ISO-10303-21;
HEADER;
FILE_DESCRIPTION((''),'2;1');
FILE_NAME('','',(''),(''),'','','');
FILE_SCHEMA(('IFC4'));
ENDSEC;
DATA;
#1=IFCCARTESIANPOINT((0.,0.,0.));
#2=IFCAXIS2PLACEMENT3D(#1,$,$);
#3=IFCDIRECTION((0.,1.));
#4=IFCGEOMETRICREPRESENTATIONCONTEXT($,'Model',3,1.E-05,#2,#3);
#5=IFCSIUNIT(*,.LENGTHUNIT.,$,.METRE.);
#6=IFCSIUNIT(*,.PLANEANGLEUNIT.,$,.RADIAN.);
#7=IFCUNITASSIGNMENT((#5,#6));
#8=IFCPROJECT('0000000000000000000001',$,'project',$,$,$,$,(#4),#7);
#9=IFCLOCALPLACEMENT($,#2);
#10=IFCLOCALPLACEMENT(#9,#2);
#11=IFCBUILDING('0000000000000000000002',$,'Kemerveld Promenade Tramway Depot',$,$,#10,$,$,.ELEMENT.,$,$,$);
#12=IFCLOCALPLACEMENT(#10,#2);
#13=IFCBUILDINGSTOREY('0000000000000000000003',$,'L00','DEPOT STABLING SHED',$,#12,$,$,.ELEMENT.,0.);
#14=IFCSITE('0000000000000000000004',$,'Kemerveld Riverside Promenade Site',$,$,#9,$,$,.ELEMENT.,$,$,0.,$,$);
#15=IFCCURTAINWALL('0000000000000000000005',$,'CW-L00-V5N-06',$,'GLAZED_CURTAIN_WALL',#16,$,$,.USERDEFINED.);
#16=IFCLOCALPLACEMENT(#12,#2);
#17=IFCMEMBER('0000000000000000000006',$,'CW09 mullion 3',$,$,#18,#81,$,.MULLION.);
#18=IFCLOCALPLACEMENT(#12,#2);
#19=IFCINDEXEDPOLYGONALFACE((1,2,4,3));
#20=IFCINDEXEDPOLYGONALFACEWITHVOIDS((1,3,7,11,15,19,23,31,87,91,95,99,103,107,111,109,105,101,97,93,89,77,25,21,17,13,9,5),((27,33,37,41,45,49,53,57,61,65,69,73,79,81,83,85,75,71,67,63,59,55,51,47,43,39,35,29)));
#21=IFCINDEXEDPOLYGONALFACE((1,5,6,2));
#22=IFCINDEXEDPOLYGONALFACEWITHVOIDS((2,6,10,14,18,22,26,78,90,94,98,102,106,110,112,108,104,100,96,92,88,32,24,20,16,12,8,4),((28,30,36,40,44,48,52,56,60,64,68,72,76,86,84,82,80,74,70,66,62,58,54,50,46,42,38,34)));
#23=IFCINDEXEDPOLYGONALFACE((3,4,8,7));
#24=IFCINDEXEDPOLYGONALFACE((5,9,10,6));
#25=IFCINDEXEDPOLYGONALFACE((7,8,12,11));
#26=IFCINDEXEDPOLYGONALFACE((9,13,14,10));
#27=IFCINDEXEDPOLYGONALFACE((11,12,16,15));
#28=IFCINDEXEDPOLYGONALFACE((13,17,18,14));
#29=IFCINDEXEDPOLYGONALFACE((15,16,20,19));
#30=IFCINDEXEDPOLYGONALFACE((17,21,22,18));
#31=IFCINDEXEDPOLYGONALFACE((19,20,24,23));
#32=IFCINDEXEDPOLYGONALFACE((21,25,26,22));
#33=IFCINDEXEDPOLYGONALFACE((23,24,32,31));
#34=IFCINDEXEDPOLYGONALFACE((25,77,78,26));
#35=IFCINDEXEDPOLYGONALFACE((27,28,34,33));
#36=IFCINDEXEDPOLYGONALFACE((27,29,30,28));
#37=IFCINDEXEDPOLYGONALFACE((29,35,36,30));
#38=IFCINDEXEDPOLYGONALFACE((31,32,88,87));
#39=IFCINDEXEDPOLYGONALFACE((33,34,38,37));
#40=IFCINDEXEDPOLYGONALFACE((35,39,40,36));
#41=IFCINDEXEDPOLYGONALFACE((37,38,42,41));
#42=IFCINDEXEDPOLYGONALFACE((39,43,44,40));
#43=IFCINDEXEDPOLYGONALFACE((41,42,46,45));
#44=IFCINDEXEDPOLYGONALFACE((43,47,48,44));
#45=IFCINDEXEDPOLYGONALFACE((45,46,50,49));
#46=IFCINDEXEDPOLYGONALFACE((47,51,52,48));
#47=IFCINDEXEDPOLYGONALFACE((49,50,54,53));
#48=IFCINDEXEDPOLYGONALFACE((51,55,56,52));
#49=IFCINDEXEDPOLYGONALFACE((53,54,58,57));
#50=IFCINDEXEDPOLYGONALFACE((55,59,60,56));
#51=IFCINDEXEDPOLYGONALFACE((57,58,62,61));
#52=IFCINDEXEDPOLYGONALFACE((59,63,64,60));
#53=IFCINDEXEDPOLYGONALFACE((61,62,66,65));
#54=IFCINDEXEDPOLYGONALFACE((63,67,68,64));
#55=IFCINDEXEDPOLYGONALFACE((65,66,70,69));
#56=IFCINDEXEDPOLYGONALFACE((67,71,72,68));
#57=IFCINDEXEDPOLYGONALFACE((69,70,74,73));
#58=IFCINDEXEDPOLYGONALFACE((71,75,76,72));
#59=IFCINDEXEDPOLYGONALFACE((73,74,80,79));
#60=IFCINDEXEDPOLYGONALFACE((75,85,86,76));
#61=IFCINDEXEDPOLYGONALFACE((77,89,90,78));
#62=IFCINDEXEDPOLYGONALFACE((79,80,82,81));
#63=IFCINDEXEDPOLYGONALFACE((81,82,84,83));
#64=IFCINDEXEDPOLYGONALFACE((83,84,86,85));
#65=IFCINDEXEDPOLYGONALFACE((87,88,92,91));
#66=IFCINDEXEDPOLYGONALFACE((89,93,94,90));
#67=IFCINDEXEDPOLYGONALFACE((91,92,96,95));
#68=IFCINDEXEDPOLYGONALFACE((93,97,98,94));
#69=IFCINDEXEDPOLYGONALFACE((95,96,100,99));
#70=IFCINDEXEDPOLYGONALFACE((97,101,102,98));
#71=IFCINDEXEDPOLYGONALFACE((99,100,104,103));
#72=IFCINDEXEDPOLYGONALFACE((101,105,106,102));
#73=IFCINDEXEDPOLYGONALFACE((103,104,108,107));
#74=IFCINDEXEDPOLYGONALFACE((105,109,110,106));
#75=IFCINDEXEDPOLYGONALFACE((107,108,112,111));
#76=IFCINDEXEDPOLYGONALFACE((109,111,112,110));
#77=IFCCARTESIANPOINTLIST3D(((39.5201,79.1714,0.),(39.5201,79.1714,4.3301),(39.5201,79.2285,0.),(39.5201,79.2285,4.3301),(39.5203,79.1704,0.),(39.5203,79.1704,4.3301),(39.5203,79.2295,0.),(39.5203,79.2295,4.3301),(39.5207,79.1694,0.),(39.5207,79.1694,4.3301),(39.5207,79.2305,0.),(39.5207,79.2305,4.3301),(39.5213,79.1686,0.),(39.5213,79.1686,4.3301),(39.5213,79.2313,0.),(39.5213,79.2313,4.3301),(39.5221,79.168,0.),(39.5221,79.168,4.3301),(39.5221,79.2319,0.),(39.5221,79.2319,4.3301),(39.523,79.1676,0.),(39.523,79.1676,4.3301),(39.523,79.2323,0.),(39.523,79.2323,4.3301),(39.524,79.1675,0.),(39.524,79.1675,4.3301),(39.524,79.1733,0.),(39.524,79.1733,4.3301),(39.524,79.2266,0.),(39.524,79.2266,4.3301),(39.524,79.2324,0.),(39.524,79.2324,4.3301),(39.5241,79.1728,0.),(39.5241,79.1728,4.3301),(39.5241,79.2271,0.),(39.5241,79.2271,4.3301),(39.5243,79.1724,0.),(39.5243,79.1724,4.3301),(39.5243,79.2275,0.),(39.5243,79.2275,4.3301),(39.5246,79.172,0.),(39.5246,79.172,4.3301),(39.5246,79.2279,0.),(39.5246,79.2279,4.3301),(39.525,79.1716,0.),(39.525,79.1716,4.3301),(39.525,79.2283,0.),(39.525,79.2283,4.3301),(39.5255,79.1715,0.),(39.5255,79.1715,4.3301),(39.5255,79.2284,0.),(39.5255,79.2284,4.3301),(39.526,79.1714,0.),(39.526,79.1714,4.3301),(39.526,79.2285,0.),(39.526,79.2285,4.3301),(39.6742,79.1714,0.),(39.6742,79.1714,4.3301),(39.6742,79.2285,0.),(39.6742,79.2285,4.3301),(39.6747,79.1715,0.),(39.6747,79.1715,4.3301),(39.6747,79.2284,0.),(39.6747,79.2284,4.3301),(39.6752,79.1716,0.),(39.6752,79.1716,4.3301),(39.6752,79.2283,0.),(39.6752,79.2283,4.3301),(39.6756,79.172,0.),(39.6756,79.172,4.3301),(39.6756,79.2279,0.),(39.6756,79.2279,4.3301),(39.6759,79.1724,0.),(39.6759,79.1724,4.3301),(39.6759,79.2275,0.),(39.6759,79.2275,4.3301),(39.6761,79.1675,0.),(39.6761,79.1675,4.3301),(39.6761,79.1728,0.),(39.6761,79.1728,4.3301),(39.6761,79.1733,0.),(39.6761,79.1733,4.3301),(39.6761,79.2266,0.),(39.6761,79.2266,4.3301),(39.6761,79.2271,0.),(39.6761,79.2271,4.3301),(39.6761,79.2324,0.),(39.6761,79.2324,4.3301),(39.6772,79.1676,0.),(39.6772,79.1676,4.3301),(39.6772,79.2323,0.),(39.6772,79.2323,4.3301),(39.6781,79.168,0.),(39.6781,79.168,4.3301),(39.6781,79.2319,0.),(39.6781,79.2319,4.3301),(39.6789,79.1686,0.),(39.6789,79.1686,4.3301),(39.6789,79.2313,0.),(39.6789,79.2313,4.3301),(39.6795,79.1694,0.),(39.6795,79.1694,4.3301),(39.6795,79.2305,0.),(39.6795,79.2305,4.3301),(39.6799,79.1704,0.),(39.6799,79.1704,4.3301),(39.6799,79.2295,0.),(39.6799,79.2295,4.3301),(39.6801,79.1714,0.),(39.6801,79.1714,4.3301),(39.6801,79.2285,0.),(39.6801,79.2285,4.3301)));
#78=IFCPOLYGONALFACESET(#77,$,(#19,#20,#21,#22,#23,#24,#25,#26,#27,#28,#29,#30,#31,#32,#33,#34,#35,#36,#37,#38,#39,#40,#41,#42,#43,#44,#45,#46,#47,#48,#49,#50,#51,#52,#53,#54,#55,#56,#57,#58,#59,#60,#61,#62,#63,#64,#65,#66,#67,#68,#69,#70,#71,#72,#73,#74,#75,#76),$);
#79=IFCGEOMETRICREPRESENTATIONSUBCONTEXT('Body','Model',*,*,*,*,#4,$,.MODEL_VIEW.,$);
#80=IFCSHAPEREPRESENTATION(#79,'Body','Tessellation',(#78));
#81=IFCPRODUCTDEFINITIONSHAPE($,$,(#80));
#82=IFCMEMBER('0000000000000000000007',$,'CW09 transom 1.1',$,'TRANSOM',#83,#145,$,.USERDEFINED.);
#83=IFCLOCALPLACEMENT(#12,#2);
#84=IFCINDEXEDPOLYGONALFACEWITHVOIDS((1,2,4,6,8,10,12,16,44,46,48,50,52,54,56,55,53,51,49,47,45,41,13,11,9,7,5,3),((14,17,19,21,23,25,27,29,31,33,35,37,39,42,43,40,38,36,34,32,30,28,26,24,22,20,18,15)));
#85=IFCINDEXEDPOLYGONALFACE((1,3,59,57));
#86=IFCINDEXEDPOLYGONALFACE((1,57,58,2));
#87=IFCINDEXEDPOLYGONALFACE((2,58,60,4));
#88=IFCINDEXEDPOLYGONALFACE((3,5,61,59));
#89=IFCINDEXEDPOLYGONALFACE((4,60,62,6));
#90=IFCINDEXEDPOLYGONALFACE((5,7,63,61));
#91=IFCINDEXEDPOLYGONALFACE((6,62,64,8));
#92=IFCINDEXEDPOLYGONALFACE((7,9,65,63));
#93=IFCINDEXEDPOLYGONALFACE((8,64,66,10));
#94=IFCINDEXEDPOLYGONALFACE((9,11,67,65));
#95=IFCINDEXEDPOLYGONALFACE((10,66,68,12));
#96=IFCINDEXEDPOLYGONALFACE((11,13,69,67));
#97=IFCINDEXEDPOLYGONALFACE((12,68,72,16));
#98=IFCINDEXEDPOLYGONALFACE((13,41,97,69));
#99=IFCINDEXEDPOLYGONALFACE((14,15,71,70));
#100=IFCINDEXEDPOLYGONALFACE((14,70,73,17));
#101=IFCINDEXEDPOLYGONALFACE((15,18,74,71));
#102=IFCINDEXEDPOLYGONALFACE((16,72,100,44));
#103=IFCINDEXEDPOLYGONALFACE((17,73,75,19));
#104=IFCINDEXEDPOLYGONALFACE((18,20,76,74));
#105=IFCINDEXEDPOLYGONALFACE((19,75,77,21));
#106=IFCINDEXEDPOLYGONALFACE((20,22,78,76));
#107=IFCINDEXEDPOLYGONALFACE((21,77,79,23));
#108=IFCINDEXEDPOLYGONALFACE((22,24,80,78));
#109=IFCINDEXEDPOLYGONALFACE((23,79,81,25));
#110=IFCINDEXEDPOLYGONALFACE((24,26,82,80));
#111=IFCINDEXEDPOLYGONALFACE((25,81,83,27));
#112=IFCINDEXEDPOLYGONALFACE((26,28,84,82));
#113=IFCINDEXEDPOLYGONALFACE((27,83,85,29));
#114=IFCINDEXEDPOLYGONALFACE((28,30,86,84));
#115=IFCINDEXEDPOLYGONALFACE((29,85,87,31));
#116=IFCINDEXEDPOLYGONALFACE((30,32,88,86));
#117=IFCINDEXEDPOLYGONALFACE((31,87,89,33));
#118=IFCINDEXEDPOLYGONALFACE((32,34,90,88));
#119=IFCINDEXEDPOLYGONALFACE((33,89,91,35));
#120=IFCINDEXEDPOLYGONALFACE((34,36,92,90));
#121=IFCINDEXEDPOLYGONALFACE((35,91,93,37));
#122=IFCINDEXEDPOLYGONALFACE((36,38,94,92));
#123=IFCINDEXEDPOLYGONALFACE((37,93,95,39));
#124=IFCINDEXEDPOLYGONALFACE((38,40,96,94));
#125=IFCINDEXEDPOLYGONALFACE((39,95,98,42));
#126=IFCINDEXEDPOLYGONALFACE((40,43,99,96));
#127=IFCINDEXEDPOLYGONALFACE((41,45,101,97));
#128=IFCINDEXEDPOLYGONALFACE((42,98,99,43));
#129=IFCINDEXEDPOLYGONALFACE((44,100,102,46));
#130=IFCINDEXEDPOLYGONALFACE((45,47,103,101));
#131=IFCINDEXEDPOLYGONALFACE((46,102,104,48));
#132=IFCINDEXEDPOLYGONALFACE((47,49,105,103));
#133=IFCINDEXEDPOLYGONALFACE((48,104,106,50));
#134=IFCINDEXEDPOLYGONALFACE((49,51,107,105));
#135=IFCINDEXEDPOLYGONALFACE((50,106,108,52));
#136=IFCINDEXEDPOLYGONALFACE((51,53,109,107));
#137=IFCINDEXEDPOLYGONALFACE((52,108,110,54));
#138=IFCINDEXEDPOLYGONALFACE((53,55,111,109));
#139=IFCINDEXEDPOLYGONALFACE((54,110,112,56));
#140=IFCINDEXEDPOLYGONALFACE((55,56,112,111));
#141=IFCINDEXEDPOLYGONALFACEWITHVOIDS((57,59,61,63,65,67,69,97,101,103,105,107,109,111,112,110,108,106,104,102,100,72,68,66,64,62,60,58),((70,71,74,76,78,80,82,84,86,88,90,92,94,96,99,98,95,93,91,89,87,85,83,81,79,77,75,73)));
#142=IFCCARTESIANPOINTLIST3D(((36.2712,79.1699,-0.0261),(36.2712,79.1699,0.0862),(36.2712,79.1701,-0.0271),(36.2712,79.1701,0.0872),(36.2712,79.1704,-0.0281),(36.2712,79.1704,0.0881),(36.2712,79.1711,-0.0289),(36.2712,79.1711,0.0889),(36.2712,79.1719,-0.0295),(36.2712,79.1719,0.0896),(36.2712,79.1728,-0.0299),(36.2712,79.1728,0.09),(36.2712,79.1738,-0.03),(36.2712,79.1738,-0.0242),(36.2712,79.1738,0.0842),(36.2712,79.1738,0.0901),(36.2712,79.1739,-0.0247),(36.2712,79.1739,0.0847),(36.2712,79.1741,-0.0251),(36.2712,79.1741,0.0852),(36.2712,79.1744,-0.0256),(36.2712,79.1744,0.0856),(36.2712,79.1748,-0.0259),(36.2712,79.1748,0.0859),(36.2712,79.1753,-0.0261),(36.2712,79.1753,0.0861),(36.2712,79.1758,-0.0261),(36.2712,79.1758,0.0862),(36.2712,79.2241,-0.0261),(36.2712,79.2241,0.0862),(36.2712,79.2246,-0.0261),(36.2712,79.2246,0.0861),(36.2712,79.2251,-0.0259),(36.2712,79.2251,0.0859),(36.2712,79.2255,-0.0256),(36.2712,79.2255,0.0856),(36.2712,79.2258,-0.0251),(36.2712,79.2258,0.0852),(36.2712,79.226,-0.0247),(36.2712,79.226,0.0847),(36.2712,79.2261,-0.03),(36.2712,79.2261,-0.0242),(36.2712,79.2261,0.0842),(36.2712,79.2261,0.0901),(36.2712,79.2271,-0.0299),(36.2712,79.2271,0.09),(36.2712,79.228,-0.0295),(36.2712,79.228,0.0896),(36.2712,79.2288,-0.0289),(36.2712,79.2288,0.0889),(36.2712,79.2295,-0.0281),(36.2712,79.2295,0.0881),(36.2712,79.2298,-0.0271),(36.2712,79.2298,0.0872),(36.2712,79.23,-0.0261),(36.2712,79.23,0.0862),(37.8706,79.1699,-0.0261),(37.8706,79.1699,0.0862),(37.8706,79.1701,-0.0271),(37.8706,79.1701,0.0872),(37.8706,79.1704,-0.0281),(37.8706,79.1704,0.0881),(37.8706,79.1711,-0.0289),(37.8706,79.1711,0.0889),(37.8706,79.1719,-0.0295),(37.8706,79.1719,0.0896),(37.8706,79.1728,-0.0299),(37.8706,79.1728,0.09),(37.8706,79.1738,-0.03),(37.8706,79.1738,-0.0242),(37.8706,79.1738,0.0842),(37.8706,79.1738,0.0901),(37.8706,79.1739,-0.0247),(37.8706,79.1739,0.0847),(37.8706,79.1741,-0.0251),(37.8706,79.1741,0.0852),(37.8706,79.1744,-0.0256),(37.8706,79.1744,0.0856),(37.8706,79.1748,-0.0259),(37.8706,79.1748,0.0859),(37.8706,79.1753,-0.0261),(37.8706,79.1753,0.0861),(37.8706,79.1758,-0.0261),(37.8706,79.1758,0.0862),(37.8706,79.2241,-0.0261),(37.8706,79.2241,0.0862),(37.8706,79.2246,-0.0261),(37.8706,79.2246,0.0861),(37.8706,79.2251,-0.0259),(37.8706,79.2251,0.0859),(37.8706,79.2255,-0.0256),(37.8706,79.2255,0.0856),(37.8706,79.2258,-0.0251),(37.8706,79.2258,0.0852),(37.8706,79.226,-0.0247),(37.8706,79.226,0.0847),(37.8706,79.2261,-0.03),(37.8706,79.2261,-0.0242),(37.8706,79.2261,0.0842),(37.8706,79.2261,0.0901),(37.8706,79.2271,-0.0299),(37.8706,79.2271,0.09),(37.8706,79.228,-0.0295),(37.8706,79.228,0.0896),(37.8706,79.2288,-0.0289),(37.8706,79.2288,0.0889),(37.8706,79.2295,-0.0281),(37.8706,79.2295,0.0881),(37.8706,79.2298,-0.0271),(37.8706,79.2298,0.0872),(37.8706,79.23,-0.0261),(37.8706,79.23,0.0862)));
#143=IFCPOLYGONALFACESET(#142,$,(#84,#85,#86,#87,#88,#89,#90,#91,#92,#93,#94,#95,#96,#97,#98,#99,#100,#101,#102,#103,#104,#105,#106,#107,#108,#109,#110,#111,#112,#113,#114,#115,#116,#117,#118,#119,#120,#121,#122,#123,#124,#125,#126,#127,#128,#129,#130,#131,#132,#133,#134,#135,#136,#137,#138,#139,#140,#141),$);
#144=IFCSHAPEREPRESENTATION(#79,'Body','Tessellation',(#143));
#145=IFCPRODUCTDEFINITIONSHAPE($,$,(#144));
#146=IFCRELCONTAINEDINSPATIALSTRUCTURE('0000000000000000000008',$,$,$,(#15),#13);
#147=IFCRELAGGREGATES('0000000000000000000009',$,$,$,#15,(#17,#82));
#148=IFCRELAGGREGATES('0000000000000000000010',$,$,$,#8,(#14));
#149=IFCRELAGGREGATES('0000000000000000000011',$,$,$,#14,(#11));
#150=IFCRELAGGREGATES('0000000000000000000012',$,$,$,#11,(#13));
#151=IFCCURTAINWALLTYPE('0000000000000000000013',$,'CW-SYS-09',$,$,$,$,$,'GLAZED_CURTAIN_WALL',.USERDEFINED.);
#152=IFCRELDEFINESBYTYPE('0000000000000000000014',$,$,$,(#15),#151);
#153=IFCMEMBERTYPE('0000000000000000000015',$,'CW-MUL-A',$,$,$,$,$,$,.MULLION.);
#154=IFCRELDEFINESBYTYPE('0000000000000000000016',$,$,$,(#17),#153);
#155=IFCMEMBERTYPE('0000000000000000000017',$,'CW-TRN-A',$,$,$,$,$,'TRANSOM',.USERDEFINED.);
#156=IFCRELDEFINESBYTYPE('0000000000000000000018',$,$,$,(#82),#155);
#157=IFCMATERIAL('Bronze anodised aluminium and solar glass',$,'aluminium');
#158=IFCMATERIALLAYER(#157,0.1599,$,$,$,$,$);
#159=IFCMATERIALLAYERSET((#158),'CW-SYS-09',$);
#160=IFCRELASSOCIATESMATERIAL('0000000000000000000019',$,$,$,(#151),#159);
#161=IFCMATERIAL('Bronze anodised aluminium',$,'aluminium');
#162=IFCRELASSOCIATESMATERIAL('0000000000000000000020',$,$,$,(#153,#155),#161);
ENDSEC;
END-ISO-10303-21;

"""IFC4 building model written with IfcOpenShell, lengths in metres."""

from ifc_helpers import new_model, si_unit, direction, frame, origin, origin_2d, place, context, subcontext, project, spatial, hollow_rectangle, extrude, material, layer, layer_set, material_profile, profile_set, type_object, element, aggregate, save


model = new_model("IFC4")

# Units and contexts
model_context = context("Model", 3, precision=1e-05, world=origin(), true_north=direction((0.0, 1.0)))
body_context = subcontext(model_context, "Body", "Model", "MODEL_VIEW")
ifc_project = project(units=[si_unit("LENGTHUNIT", "METRE"), si_unit("PLANEANGLEUNIT", "RADIAN")], contexts=[model_context])

# Site, building, storey
site_placement = place(None, origin())
site = spatial("IfcSite", under=ifc_project, at=site_placement, Name="Kemerveld Riverside Promenade Site", CompositionType="ELEMENT", RefElevation=0.0)
building_placement = place(site_placement, origin())
building = spatial("IfcBuilding", under=site, at=building_placement, Name="Kemerveld Promenade Tramway Depot", CompositionType="ELEMENT")
storey_placement = place(building_placement, origin())
storey = spatial("IfcBuildingStorey", under=building, at=storey_placement, Name="L00", Description="DEPOT STABLING SHED", CompositionType="ELEMENT", Elevation=0.0)

# Curtain wall, members
ifc_material_1 = material(Name="Bronze anodised aluminium and solar glass", Category="aluminium")
ifc_layer_1 = layer(ifc_material_1, 0.1599)
ifc_layer_set_1 = layer_set([ifc_layer_1], Name="CW-SYS-09")
curtain_wall_type = type_object("IfcCurtainWallType", Name="CW-SYS-09", ElementType="GLAZED_CURTAIN_WALL", PredefinedType="USERDEFINED", material=ifc_layer_set_1)
curtain_wall_placement = place(storey_placement, origin())
curtain_wall = element("IfcCurtainWall", 1, at=curtain_wall_placement, inside=storey, type_object=curtain_wall_type, Name="CW-L00-V5N-06", ObjectType="GLAZED_CURTAIN_WALL", PredefinedType="USERDEFINED")
ifc_material_2 = material(Name="Bronze anodised aluminium", Category="aluminium")
ifc_material_profile_1 = material_profile(ifc_material_2, hollow_rectangle(XDim=0.0649, YDim=0.1599, WallThickness=0.0039, InnerFilletRadius=0.002, OuterFilletRadius=0.0039, at=origin_2d()), Name="CW-MUL-160x65")
ifc_profile_set_1 = profile_set([ifc_material_profile_1], Name="Bronze anodised aluminium")
member_type_1 = type_object("IfcMemberType", Name="CW-MUL-A", PredefinedType="MULLION", material=ifc_profile_set_1)
member_1_placement = place(storey_placement, frame((39.6001, 79.2, 0.0), z_axis=(0.0, 0.0, 1.0), x_axis=(0.0, 1.0, 0.0)))
member_1 = element("IfcMember", 2, at=member_1_placement, type_object=member_type_1, Name="CW09 mullion 3", PredefinedType="MULLION", context=body_context, shape_type="SweptSolid", body=[
    extrude(hollow_rectangle(XDim=0.0649, YDim=0.1599, WallThickness=0.0039, InnerFilletRadius=0.002, OuterFilletRadius=0.0039, at=origin_2d()), origin(), (0.0, 0.0, 1.0), 4.3301),
])
ifc_material_profile_2 = material_profile(ifc_material_2, hollow_rectangle(XDim=0.0601, YDim=0.1201, WallThickness=0.0039, InnerFilletRadius=0.002, OuterFilletRadius=0.0039, at=origin_2d()), Name="CW-TRN-120x60")
ifc_profile_set_2 = profile_set([ifc_material_profile_2], Name="Bronze anodised aluminium")
member_type_2 = type_object("IfcMemberType", Name="CW-TRN-A", ElementType="TRANSOM", PredefinedType="USERDEFINED", material=ifc_profile_set_2)
member_2_placement = place(storey_placement, frame((36.2712, 79.2, 0.03), z_axis=(1.0, 0.0, 0.0), x_axis=(0.0, 1.0, 0.0)))
member_2 = element("IfcMember", 3, at=member_2_placement, type_object=member_type_2, Name="CW09 transom 1.1", ObjectType="TRANSOM", PredefinedType="USERDEFINED", context=body_context, shape_type="SweptSolid", body=[
    extrude(hollow_rectangle(XDim=0.0601, YDim=0.1201, WallThickness=0.0039, InnerFilletRadius=0.002, OuterFilletRadius=0.0039, at=origin_2d()), origin(), (0.0, 0.0, 1.0), 1.5994),
])
aggregate(curtain_wall, [member_1, member_2])

save(model, "model.ifc")
